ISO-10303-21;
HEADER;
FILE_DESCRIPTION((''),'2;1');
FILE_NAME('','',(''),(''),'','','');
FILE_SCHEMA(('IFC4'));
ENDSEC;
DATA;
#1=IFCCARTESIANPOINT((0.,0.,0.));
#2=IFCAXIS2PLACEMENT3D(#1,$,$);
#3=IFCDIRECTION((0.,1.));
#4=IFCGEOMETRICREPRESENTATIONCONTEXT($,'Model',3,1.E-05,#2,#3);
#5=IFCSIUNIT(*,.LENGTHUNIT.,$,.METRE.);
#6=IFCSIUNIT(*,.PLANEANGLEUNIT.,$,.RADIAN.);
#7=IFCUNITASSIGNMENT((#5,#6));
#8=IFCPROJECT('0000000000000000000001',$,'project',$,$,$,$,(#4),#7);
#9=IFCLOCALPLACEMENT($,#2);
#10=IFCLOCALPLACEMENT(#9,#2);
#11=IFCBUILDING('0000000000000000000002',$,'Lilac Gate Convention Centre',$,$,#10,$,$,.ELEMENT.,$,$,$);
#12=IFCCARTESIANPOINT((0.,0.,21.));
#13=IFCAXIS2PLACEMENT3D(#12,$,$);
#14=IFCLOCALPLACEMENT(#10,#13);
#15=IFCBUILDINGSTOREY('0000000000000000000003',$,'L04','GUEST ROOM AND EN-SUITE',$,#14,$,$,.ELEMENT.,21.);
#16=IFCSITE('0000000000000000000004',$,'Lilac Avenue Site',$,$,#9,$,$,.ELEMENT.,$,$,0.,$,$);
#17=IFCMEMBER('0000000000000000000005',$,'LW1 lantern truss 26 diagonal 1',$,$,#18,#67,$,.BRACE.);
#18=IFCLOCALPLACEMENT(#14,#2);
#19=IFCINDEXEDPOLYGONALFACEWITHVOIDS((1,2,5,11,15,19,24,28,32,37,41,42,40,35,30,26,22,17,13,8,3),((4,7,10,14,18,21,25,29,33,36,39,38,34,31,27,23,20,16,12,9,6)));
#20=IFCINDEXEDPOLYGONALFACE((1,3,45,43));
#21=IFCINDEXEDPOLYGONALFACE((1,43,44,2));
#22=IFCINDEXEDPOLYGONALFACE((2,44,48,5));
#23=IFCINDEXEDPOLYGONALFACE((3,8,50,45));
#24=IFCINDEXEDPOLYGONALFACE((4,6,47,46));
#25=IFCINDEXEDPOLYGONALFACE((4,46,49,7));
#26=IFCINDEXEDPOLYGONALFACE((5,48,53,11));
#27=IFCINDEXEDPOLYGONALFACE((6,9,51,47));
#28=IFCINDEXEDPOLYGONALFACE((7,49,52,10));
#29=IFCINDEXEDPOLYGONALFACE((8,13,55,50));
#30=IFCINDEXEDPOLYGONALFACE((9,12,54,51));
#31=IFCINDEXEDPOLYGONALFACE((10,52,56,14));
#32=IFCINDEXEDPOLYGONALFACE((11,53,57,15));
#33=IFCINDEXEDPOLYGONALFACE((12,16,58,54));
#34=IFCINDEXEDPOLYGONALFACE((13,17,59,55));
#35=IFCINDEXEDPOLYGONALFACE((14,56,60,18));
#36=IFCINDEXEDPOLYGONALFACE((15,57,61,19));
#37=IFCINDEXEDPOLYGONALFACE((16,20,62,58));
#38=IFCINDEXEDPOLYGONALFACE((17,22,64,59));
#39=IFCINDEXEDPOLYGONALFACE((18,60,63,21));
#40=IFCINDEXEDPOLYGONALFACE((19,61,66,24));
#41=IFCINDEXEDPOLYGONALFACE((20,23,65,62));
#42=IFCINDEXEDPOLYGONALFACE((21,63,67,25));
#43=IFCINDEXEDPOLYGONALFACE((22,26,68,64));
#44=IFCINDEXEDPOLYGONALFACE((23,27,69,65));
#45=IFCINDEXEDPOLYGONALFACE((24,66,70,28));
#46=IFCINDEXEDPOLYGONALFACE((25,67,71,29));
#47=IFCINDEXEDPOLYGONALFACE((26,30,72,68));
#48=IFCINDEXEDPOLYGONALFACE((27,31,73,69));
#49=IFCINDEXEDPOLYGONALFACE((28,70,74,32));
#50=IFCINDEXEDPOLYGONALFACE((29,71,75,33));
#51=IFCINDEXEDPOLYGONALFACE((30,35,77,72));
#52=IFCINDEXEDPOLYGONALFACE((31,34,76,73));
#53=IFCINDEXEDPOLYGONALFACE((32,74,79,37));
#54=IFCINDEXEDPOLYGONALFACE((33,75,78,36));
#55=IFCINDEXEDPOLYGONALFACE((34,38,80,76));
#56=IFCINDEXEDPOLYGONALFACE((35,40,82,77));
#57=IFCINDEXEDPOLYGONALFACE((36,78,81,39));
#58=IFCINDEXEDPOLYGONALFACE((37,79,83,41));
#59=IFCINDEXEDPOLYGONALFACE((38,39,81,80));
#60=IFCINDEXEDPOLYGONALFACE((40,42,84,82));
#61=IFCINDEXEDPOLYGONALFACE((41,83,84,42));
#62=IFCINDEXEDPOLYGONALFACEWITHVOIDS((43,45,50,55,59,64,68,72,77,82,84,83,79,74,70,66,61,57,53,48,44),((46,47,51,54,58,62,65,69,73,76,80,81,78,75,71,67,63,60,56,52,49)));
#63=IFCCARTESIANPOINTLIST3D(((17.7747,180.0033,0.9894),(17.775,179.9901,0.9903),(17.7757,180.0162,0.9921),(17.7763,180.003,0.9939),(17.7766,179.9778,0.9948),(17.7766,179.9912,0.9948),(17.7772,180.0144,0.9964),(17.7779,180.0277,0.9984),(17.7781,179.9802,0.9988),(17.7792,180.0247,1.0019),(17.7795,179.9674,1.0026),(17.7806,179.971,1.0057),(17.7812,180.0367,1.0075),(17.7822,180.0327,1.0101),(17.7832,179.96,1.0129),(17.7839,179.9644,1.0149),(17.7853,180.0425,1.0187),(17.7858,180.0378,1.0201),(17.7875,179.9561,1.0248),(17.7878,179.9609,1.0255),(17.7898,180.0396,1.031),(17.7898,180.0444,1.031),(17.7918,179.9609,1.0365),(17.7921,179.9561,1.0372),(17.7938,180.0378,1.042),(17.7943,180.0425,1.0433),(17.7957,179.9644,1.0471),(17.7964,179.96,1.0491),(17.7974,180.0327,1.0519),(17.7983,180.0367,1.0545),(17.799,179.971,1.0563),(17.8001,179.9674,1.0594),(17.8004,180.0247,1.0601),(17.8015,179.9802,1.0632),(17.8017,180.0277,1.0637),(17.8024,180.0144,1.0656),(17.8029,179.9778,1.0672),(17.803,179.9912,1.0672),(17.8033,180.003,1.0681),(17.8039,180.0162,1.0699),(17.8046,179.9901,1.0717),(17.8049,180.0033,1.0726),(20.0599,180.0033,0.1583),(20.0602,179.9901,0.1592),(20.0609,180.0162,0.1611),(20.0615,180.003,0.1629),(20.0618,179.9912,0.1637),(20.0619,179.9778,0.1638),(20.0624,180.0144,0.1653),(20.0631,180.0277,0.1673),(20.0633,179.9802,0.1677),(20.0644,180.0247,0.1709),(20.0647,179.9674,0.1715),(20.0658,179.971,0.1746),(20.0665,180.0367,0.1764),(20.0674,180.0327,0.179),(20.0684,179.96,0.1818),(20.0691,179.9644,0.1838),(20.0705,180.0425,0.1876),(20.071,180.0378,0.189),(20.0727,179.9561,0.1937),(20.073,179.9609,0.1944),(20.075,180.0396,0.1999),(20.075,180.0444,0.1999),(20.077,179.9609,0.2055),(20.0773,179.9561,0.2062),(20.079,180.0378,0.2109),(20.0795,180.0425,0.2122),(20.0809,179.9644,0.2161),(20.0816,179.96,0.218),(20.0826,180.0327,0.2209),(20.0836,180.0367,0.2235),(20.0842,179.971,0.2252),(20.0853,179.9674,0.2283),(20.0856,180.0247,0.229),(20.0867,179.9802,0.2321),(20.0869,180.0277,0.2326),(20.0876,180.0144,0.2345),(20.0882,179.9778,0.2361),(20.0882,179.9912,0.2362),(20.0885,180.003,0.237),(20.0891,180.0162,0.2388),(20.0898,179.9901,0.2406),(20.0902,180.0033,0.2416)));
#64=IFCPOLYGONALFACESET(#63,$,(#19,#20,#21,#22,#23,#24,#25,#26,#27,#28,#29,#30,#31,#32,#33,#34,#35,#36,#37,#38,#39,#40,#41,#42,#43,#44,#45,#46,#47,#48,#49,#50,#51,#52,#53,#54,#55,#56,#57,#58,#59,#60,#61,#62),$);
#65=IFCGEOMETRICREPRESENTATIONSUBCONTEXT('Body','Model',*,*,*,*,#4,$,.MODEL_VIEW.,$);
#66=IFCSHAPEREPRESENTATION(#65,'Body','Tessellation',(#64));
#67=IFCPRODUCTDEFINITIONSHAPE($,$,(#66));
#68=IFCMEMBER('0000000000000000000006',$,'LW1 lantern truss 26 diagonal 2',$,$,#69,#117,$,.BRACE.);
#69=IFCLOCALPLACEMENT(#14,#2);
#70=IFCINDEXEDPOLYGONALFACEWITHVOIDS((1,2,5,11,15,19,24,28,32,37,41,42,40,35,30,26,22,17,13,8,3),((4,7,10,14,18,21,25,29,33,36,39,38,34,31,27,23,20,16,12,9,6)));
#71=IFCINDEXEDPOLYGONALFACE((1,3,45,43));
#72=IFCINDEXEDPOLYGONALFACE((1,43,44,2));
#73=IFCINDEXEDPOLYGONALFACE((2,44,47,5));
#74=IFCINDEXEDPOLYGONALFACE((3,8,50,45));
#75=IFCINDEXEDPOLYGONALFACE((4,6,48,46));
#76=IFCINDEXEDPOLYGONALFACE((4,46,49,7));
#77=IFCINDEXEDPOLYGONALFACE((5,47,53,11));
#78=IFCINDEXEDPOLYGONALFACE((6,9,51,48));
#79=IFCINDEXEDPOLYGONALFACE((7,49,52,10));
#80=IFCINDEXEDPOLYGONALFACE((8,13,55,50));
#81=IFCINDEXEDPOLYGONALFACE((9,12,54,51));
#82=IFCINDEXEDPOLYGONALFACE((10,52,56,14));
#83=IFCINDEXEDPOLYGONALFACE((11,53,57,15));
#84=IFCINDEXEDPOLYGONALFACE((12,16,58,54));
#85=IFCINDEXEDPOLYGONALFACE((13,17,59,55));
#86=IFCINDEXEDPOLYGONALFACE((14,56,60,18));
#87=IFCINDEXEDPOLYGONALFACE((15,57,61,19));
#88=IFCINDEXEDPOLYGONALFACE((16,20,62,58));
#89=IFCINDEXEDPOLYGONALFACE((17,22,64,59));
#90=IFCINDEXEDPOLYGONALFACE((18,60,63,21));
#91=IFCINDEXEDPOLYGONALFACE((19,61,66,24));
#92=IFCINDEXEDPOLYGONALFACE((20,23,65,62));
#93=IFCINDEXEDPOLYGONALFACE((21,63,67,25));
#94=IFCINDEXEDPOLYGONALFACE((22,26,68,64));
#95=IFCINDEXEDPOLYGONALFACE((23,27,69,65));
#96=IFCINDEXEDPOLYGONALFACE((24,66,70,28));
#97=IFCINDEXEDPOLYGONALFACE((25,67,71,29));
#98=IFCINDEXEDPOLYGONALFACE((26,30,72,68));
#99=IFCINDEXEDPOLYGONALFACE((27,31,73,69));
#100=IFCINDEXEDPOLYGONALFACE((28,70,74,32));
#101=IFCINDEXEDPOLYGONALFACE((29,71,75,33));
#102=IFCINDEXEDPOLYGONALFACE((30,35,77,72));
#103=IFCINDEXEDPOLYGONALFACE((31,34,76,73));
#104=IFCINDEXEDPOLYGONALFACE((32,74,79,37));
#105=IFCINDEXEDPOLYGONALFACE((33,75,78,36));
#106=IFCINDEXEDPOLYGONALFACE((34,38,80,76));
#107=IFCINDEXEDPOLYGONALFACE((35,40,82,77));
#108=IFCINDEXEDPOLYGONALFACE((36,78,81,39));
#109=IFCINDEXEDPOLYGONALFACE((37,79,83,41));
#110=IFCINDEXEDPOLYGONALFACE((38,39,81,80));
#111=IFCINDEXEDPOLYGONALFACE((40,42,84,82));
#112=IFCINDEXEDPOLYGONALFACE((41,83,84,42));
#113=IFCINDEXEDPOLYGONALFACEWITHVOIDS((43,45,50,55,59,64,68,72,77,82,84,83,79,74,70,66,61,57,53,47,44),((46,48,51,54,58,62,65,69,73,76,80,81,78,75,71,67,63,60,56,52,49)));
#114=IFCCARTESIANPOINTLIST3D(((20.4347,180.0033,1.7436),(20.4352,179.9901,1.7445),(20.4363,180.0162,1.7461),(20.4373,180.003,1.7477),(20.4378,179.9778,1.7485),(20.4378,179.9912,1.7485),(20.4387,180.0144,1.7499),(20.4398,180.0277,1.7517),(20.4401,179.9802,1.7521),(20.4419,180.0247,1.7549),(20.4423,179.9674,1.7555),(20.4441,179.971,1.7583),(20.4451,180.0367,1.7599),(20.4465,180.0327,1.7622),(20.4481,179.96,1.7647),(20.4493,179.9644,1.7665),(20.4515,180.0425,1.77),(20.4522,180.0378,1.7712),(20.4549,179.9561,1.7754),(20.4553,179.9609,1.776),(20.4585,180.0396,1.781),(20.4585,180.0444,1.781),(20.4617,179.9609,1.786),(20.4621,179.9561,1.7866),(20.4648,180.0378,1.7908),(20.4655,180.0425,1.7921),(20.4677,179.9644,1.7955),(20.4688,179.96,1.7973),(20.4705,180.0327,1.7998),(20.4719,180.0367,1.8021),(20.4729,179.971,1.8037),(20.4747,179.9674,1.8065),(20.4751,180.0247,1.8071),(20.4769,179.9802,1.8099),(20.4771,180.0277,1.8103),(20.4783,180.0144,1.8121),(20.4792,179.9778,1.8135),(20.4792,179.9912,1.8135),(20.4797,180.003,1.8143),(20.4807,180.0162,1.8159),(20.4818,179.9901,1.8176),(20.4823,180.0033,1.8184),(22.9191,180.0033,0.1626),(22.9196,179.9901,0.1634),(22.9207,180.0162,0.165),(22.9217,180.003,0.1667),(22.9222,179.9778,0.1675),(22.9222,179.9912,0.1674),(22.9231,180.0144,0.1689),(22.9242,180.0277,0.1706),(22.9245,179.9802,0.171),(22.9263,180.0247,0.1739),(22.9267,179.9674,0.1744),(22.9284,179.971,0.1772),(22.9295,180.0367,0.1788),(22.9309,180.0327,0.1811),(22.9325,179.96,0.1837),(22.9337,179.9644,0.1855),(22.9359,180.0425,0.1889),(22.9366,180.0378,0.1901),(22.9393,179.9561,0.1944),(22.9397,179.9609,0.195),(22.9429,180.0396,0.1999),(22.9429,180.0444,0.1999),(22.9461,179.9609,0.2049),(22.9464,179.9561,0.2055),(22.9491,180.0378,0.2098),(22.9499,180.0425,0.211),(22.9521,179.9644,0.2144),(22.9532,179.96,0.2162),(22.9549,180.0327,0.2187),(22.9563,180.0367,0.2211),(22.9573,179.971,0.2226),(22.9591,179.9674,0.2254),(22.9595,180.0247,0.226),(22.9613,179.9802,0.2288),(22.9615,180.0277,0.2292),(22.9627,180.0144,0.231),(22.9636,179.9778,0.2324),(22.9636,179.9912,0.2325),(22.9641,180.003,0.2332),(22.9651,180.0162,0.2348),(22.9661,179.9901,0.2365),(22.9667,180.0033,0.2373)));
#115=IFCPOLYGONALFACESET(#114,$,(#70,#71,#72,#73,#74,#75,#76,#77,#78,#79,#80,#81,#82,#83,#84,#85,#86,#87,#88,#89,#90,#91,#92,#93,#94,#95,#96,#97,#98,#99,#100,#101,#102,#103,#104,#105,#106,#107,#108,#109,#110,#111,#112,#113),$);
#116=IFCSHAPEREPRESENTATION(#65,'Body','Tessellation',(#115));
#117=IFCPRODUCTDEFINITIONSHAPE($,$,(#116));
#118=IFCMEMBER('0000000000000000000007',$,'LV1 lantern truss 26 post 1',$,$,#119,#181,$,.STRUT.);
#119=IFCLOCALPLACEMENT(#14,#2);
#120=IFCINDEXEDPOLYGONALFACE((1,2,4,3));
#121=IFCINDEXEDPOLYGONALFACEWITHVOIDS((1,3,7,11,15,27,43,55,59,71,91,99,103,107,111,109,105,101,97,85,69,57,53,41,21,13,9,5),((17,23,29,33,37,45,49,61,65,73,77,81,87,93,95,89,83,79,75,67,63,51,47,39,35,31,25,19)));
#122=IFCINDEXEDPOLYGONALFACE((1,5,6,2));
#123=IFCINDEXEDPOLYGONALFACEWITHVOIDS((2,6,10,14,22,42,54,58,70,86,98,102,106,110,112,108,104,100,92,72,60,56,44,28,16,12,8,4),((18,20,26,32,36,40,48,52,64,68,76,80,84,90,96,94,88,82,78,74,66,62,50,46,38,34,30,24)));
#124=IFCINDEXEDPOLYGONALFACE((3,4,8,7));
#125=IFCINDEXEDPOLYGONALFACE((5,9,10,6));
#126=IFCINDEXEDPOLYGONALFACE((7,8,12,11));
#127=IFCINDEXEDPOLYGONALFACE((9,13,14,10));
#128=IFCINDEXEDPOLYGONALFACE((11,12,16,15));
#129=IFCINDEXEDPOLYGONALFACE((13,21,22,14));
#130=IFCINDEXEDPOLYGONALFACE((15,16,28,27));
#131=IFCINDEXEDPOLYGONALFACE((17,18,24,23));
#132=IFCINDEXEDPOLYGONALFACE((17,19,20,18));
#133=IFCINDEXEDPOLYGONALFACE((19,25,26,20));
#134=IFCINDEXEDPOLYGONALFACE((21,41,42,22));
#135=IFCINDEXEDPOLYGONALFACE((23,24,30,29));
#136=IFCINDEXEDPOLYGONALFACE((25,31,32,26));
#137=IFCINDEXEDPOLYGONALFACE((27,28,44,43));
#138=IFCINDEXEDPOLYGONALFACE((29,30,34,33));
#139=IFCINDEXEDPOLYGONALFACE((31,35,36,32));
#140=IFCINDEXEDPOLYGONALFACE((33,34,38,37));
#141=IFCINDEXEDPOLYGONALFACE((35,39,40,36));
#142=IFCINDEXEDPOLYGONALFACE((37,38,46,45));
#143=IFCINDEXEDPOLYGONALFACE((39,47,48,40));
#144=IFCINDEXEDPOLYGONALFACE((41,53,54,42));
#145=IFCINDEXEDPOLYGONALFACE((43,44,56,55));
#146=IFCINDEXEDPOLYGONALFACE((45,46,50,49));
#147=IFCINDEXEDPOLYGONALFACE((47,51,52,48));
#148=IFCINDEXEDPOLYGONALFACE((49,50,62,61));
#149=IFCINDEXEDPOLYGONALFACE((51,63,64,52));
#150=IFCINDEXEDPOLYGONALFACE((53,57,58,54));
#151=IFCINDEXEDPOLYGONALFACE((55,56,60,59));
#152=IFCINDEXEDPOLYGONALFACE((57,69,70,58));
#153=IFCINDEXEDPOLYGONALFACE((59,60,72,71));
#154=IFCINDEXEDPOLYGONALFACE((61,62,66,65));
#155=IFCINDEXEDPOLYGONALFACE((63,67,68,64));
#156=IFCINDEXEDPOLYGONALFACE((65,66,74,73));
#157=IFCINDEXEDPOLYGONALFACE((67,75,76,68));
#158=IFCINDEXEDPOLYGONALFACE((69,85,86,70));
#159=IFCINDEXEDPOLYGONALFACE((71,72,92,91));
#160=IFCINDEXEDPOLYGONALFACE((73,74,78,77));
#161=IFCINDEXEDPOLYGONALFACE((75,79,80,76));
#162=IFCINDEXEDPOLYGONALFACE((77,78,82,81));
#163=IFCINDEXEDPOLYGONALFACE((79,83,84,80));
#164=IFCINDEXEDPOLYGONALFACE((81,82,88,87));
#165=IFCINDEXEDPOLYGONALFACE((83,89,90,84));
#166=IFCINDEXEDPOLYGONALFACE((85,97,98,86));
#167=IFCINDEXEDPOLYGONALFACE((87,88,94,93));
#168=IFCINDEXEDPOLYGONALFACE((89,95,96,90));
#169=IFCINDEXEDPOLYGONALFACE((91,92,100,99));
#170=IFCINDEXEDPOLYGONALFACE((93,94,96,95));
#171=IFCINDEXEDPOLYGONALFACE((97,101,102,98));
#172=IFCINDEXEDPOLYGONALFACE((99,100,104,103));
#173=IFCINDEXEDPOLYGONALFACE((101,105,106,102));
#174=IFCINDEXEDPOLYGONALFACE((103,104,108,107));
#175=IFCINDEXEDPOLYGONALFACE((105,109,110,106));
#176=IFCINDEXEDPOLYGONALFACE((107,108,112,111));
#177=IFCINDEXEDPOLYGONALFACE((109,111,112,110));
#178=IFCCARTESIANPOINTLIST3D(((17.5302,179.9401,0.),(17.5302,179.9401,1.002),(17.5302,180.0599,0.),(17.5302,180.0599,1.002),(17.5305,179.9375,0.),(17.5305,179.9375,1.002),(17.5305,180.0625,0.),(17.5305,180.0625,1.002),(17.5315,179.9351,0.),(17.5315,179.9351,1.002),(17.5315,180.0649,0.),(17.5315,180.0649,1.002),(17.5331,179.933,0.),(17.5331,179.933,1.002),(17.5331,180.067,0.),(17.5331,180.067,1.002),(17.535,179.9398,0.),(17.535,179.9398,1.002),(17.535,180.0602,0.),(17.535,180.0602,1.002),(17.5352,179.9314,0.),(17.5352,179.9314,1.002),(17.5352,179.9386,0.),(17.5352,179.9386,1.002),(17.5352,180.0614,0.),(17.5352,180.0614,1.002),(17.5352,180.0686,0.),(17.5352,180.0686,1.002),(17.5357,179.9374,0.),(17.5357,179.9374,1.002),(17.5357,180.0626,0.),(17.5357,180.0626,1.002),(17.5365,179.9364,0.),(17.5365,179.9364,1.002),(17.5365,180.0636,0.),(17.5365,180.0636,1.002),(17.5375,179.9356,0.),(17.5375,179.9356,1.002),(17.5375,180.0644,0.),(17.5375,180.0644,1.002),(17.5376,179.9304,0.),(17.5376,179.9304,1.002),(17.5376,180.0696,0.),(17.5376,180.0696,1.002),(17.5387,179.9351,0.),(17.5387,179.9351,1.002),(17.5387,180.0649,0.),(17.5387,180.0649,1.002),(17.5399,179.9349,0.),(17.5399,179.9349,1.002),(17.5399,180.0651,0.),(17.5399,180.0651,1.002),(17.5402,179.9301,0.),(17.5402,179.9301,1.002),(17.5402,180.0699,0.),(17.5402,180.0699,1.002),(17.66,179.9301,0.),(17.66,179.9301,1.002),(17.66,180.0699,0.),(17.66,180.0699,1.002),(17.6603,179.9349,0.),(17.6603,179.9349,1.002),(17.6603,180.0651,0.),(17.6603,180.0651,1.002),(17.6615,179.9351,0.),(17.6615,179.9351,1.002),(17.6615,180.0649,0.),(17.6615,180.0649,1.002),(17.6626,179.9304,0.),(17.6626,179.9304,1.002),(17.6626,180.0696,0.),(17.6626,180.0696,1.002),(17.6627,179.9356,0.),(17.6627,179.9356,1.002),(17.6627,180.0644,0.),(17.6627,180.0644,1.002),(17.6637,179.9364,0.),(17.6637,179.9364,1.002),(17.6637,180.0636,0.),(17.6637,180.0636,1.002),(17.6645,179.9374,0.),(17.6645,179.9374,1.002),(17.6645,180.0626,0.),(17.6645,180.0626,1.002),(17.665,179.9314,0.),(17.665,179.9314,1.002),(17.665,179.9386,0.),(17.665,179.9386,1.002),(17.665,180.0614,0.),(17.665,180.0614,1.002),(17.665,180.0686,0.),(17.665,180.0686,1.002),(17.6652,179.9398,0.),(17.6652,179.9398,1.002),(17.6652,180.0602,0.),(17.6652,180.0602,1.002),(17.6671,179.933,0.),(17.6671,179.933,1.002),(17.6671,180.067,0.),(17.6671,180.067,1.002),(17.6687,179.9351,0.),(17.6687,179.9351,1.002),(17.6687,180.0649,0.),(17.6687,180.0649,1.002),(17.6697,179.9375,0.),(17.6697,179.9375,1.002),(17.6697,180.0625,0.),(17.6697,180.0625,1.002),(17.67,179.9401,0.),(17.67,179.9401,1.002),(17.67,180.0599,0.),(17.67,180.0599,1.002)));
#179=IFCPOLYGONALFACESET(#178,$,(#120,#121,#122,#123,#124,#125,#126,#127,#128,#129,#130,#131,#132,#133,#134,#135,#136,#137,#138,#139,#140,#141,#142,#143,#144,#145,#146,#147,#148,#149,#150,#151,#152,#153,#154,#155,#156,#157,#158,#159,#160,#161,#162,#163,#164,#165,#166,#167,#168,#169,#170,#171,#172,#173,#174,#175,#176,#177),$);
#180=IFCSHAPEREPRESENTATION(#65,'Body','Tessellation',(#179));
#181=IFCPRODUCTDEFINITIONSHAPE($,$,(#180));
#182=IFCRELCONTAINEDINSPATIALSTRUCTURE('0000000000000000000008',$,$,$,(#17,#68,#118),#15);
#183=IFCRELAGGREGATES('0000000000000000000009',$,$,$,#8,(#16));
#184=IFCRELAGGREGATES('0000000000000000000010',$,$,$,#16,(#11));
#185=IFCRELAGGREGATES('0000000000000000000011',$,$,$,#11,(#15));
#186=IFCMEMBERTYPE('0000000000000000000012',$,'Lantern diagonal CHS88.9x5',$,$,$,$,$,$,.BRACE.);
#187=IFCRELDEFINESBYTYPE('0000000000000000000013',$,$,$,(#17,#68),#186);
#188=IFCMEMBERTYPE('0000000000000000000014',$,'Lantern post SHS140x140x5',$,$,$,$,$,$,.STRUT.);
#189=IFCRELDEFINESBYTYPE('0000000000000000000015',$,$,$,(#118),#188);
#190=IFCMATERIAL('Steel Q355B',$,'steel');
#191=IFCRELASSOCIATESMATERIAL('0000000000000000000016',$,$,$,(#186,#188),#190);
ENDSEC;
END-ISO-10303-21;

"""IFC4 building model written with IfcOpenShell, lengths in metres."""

from ifc_helpers import new_model, si_unit, direction, frame, origin, origin_2d, place, context, subcontext, project, spatial, hollow_rectangle, hollow_circle, extrude, material, material_profile, profile_set, type_object, element, save


model = new_model("IFC4")

# Units and contexts
model_context = context("Model", 3, precision=1e-05, world=origin(), true_north=direction((0.0, 1.0)))
body_context = subcontext(model_context, "Body", "Model", "MODEL_VIEW")
ifc_project = project(units=[si_unit("LENGTHUNIT", "METRE"), si_unit("PLANEANGLEUNIT", "RADIAN")], contexts=[model_context])

# Site, building, storey
site_placement = place(None, origin())
site = spatial("IfcSite", under=ifc_project, at=site_placement, Name="Lilac Avenue Site", CompositionType="ELEMENT", RefElevation=0.0)
building_placement = place(site_placement, origin())
building = spatial("IfcBuilding", under=site, at=building_placement, Name="Lilac Gate Convention Centre", CompositionType="ELEMENT")
storey_placement = place(building_placement, frame((0.0, 0.0, 21.0)))
storey = spatial("IfcBuildingStorey", under=building, at=storey_placement, Name="L04", Description="GUEST ROOM AND EN-SUITE", CompositionType="ELEMENT", Elevation=21.0)

# Members
ifc_material_1 = material(Name="Steel Q355B", Category="steel")
ifc_material_profile_1 = material_profile(ifc_material_1, hollow_circle(Radius=0.0444, WallThickness=0.0049, at=origin_2d()), Name="CHS88.9x5")
ifc_profile_set_1 = profile_set([ifc_material_profile_1], Name="Steel Q355B")
member_type_1 = type_object("IfcMemberType", Name="Lantern diagonal CHS88.9x5", PredefinedType="BRACE", material=ifc_profile_set_1)
member_1_placement = place(storey_placement, frame((17.7898, 180.0, 1.031), z_axis=(0.939782, 0.0, -0.341775), x_axis=(0.0, 1.0, 0.0)))
element("IfcMember", 1, at=member_1_placement, inside=storey, type_object=member_type_1, Name="LW1 lantern truss 26 diagonal 1", PredefinedType="BRACE", context=body_context, shape_type="SweptSolid", body=[
    extrude(hollow_circle(Radius=0.0444, WallThickness=0.0049, at=origin_2d()), origin(), (0.0, 0.0, 1.0), 2.4316),
])
member_2_placement = place(storey_placement, frame((20.4585, 180.0, 1.781), z_axis=(0.843648, 0.0, -0.536897), x_axis=(0.0, 1.0, 0.0)))
element("IfcMember", 2, at=member_2_placement, inside=storey, type_object=member_type_1, Name="LW1 lantern truss 26 diagonal 2", PredefinedType="BRACE", context=body_context, shape_type="SweptSolid", body=[
    extrude(hollow_circle(Radius=0.0444, WallThickness=0.0049, at=origin_2d()), origin(), (0.0, 0.0, 1.0), 2.9448),
])
ifc_material_profile_2 = material_profile(ifc_material_1, hollow_rectangle(XDim=0.1399, YDim=0.1399, WallThickness=0.0049, InnerFilletRadius=0.0049, OuterFilletRadius=0.01, at=origin_2d()), Name="SHS140x140x5")
ifc_profile_set_2 = profile_set([ifc_material_profile_2], Name="Steel Q355B")
member_type_2 = type_object("IfcMemberType", Name="Lantern post SHS140x140x5", PredefinedType="STRUT", material=ifc_profile_set_2)
member_3_placement = place(storey_placement, frame((17.6001, 180.0, 0.0), z_axis=(0.0, 0.0, 1.0), x_axis=(1.0, 0.0, 0.0)))
element("IfcMember", 3, at=member_3_placement, inside=storey, type_object=member_type_2, Name="LV1 lantern truss 26 post 1", PredefinedType="STRUT", context=body_context, shape_type="SweptSolid", body=[
    extrude(hollow_rectangle(XDim=0.1399, YDim=0.1399, WallThickness=0.0049, InnerFilletRadius=0.0049, OuterFilletRadius=0.01, at=origin_2d()), origin(), (0.0, 0.0, 1.0), 1.002),
])

save(model, "model.ifc")
